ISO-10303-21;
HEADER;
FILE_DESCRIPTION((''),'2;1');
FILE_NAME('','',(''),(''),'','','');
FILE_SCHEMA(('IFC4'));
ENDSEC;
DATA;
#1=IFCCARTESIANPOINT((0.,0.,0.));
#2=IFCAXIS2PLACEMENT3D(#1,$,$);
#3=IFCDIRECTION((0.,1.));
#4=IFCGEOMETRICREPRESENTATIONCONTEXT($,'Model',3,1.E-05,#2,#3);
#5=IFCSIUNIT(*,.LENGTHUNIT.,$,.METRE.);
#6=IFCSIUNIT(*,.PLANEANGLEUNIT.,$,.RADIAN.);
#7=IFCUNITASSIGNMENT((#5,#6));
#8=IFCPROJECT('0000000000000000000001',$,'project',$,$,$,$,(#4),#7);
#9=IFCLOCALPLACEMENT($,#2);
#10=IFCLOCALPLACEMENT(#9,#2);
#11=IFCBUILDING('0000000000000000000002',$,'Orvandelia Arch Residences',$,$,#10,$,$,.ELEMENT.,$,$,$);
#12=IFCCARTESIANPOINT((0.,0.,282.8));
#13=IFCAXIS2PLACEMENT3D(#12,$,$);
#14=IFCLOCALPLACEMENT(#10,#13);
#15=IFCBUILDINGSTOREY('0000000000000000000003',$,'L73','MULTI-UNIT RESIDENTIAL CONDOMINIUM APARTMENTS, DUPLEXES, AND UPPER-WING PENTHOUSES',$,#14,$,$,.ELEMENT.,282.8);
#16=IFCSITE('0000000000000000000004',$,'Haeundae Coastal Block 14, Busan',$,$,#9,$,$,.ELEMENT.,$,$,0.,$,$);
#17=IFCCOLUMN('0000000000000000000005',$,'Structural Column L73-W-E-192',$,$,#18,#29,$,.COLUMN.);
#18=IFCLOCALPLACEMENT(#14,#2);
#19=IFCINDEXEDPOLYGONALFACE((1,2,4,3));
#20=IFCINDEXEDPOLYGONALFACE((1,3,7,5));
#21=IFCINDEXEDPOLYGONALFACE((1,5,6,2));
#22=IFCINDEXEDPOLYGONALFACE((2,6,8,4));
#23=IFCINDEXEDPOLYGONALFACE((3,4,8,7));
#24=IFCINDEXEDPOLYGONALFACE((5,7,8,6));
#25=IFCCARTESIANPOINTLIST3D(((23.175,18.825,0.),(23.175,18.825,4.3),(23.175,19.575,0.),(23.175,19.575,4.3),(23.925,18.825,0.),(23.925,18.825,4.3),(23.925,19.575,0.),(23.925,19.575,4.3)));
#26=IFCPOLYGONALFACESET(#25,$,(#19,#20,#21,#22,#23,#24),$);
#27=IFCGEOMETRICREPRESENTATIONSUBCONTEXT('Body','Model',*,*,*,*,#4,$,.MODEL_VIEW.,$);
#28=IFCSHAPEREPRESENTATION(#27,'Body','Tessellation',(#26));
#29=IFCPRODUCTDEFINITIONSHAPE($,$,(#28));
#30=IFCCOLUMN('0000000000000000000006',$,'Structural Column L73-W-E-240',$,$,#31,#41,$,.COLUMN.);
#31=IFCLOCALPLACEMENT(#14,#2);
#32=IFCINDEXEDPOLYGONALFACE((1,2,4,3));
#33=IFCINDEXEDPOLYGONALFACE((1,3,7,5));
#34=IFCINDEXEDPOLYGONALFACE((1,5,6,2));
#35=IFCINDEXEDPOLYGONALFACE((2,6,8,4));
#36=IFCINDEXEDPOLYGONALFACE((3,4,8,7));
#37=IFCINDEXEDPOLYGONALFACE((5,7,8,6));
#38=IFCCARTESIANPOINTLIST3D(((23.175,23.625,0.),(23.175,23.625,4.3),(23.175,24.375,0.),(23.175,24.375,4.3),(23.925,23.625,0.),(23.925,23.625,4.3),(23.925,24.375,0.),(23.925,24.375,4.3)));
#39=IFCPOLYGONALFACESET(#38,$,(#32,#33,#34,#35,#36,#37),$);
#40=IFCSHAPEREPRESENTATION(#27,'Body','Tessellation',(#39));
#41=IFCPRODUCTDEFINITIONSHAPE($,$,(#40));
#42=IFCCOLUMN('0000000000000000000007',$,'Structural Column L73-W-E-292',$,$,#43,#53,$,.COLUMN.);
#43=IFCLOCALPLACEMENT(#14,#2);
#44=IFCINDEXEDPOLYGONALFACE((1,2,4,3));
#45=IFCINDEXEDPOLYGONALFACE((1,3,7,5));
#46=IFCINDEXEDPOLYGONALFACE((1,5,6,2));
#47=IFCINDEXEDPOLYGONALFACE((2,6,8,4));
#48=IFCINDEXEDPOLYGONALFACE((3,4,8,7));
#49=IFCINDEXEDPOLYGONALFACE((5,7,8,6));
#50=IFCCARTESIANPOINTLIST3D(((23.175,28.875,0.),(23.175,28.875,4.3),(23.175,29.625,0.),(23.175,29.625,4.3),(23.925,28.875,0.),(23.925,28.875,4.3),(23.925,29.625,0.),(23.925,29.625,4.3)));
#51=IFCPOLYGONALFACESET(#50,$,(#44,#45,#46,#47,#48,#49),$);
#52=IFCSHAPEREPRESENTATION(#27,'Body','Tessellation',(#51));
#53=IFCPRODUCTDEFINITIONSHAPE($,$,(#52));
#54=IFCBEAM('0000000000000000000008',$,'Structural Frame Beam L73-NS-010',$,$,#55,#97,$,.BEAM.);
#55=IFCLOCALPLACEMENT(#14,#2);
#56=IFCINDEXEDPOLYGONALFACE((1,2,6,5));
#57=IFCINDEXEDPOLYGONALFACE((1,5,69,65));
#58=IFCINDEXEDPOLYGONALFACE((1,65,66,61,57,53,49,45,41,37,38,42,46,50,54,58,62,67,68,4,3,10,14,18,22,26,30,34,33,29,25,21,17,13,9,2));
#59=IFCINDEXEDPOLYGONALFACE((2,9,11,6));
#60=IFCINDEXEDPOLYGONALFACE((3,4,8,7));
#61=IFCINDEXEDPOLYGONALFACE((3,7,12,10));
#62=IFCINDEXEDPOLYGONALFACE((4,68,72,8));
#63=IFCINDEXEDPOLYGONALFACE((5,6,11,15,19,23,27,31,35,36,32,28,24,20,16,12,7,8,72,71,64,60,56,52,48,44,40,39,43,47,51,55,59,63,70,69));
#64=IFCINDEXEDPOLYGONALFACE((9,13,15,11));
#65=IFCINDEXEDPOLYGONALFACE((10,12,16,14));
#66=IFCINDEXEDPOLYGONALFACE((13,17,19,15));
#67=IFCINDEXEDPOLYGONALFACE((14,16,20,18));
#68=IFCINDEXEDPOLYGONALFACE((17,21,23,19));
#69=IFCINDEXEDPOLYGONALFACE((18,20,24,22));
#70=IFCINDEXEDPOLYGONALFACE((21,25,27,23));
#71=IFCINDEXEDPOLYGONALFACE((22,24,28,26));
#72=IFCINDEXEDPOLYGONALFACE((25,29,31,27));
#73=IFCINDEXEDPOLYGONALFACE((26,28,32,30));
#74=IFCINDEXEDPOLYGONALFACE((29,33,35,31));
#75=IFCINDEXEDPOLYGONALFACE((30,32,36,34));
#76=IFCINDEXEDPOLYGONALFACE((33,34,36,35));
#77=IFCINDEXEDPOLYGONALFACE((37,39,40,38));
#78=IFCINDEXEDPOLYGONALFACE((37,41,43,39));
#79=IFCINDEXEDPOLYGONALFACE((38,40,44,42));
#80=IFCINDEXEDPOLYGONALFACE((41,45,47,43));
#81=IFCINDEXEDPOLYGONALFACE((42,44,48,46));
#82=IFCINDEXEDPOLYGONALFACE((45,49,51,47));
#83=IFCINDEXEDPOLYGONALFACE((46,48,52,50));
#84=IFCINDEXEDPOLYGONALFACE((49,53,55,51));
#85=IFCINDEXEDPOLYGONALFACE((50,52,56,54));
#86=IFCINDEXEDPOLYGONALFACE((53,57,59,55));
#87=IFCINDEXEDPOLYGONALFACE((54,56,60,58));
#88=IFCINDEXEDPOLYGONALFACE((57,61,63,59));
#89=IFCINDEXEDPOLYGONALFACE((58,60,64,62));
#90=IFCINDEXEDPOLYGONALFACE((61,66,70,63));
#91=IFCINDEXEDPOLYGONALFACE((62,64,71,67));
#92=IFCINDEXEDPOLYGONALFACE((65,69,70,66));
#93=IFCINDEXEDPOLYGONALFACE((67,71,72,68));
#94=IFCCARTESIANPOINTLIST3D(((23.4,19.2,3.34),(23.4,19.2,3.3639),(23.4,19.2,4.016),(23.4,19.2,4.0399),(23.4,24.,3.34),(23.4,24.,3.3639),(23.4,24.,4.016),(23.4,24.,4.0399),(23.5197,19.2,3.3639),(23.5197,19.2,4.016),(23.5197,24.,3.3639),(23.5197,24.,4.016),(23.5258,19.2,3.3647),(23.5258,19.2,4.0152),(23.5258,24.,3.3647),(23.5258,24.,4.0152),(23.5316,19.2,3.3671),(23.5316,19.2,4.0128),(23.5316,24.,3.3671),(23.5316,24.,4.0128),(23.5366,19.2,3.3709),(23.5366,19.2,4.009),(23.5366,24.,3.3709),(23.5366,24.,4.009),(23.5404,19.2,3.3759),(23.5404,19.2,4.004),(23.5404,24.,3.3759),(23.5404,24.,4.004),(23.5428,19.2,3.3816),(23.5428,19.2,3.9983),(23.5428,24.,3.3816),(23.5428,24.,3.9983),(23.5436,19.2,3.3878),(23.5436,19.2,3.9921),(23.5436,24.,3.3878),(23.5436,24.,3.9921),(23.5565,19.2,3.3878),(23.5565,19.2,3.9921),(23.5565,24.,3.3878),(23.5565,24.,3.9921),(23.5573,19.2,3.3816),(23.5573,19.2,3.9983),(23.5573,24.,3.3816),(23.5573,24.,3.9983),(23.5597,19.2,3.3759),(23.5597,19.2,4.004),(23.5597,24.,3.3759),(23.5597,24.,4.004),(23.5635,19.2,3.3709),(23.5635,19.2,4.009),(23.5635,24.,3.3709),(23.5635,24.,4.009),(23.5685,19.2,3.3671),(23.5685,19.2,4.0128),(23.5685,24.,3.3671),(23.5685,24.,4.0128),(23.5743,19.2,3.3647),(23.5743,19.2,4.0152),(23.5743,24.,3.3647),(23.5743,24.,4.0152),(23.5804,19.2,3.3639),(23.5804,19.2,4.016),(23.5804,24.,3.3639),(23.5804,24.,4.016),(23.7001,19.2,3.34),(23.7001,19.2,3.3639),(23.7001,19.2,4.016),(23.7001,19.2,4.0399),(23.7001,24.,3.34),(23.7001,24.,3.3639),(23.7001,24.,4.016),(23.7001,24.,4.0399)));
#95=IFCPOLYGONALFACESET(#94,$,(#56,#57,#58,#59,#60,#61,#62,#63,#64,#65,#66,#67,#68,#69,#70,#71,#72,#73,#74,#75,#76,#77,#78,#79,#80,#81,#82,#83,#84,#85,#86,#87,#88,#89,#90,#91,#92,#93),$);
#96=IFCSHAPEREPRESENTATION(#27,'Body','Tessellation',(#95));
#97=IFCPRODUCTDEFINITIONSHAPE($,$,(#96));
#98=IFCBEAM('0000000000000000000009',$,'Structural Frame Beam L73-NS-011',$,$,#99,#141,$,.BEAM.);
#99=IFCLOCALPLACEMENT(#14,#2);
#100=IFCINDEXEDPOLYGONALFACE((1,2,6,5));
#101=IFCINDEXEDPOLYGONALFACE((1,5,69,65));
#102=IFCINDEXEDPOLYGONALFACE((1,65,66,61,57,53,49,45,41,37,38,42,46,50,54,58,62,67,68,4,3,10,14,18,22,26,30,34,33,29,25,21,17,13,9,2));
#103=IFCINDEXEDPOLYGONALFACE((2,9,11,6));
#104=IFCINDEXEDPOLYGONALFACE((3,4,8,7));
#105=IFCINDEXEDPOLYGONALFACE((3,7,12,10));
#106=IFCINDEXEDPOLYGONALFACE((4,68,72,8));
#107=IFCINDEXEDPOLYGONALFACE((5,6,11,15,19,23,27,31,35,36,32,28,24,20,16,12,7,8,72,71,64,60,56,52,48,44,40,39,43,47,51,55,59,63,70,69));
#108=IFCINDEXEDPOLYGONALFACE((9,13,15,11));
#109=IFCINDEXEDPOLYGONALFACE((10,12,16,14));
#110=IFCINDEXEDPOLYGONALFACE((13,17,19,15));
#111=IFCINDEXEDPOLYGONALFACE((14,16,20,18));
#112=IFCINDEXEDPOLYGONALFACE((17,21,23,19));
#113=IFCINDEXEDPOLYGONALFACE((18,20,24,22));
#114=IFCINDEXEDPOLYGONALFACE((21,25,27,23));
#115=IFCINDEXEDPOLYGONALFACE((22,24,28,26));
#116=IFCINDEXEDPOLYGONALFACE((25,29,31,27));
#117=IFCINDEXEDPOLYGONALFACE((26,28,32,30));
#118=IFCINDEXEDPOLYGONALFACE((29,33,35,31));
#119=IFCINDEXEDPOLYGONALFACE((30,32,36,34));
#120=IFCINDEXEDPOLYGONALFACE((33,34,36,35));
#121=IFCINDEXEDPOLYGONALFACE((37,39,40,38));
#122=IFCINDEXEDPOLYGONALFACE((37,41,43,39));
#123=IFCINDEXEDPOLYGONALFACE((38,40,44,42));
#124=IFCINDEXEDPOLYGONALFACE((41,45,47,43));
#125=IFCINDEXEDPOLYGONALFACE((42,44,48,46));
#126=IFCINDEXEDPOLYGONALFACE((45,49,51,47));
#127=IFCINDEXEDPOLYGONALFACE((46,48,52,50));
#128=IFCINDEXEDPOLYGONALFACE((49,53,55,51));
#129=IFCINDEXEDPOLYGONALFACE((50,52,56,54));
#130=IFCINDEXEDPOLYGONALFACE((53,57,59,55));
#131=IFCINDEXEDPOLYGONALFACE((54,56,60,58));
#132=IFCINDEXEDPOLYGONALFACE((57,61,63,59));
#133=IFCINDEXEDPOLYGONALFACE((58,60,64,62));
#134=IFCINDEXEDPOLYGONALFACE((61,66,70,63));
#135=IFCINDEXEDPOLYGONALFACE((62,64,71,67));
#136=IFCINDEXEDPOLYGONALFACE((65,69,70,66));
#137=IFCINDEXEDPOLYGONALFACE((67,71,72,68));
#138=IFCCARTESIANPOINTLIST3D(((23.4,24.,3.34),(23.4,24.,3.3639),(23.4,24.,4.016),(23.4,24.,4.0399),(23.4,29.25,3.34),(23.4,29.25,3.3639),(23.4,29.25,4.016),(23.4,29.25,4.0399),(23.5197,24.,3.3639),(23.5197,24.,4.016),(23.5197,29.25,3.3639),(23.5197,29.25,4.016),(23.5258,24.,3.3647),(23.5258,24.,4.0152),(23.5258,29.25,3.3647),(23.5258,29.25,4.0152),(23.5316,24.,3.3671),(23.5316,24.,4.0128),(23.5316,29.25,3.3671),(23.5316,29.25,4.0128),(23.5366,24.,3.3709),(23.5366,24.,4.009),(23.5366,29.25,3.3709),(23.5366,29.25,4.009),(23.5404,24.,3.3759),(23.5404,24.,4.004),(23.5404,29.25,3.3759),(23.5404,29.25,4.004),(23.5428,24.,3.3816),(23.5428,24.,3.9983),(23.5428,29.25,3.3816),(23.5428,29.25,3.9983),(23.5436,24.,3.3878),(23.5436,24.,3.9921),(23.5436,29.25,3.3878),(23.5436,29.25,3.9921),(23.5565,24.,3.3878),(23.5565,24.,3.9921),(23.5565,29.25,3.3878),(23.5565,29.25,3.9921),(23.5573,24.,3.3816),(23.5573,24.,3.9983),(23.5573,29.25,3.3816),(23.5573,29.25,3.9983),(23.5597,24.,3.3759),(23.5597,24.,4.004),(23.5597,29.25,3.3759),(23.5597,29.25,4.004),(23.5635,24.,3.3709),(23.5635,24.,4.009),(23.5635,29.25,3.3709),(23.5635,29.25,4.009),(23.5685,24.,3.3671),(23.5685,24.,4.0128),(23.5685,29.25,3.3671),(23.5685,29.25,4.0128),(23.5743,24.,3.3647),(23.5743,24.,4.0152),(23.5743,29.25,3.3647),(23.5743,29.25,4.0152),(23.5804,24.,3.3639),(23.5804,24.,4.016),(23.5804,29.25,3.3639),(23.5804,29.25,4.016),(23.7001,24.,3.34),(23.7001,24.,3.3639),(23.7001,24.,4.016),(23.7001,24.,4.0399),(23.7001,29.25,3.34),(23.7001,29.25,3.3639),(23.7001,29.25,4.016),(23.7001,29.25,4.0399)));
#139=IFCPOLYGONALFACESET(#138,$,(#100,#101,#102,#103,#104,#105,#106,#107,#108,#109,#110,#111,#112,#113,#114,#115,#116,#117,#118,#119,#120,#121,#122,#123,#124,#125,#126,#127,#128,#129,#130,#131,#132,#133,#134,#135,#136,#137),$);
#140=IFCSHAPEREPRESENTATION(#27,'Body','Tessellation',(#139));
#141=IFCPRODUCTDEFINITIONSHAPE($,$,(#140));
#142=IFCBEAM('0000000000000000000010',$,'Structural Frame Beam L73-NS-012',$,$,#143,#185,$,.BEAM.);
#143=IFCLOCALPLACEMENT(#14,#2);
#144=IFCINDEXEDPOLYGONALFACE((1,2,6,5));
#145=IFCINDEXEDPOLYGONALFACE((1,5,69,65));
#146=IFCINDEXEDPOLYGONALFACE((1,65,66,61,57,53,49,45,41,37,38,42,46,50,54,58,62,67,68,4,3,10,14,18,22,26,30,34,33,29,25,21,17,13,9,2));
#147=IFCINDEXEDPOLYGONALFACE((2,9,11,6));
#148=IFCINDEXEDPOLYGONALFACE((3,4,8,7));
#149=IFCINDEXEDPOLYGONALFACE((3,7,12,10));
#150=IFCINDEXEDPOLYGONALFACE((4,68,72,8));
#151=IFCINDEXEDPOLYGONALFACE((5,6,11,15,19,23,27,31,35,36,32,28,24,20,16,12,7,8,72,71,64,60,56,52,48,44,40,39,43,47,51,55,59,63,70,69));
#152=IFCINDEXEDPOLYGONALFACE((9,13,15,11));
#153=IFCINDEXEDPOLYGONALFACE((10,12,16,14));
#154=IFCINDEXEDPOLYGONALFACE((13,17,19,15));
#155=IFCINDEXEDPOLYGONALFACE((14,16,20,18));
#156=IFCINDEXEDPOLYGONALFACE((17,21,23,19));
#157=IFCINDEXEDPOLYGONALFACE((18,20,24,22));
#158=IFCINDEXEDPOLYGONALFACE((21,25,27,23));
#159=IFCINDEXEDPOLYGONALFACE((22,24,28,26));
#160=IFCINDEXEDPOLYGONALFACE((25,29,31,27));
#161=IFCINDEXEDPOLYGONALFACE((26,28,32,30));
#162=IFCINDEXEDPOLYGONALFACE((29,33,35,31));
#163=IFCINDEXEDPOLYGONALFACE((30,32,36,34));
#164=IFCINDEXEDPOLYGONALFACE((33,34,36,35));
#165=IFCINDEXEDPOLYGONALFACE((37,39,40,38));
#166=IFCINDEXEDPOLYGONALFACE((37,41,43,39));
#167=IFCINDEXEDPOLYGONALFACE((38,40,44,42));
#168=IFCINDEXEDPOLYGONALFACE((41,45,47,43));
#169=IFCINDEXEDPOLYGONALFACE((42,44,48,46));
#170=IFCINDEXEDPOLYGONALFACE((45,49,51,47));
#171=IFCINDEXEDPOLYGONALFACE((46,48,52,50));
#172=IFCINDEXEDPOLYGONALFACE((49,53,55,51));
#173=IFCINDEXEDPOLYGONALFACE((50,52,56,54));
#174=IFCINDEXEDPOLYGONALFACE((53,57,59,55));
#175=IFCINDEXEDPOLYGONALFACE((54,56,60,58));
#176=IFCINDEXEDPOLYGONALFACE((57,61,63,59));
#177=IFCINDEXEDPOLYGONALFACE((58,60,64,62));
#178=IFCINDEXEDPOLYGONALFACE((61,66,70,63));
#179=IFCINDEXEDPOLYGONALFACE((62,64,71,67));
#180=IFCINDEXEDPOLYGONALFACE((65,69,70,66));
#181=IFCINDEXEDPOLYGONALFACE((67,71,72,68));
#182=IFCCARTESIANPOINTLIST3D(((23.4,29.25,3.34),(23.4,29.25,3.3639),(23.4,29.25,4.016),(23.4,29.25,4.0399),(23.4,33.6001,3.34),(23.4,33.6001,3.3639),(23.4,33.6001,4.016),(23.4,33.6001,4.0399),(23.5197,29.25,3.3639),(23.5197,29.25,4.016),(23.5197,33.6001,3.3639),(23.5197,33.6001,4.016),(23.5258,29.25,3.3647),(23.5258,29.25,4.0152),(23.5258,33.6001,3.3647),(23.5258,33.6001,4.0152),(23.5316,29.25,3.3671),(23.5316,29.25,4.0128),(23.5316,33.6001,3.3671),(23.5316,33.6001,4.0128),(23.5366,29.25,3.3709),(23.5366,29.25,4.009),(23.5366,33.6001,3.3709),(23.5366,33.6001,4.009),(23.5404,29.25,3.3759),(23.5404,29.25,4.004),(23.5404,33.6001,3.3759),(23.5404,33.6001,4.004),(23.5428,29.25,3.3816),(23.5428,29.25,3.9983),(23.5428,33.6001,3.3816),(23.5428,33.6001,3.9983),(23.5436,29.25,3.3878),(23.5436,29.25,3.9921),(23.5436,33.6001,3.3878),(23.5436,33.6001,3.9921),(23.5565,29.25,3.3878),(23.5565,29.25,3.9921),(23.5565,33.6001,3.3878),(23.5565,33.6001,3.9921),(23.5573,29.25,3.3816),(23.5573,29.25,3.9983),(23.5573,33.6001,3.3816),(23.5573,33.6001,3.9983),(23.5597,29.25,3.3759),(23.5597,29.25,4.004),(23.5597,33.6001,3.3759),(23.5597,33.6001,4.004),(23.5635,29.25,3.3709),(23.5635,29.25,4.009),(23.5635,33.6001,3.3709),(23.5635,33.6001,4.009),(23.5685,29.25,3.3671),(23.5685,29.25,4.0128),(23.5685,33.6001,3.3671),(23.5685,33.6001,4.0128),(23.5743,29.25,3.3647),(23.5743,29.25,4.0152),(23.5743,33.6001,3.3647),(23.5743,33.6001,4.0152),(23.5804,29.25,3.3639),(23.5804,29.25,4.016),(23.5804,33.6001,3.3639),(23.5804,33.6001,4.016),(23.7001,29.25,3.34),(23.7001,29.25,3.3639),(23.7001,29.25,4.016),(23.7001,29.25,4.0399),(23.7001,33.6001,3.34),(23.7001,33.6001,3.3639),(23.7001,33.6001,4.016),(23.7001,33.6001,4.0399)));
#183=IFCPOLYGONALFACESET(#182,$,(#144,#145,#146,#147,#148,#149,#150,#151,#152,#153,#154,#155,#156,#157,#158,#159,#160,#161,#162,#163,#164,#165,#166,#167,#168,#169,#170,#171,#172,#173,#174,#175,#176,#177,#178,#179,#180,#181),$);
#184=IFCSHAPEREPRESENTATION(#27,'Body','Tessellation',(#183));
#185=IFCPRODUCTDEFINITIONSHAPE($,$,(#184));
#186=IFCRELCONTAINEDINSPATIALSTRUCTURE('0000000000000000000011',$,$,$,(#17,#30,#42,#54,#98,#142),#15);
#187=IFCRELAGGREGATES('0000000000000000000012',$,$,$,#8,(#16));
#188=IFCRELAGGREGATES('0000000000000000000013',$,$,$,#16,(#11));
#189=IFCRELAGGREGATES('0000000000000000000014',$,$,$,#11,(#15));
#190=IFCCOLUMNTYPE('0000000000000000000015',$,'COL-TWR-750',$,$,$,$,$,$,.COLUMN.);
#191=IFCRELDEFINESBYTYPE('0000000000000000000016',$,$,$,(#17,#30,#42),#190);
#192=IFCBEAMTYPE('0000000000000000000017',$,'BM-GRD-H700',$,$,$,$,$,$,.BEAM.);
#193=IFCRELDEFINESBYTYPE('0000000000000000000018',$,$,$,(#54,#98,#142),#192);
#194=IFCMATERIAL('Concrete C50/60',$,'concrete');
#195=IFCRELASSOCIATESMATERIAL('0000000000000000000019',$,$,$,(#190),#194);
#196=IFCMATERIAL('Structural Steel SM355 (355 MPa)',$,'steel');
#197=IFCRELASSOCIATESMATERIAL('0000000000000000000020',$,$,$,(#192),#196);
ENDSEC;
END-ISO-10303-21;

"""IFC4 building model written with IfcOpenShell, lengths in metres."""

from ifc_helpers import new_model, si_unit, direction, frame, origin, origin_2d, place, context, subcontext, project, spatial, rectangle, i_section, extrude, material, material_profile, profile_set, type_object, element, save


model = new_model("IFC4")

# Units and contexts
model_context = context("Model", 3, precision=1e-05, world=origin(), true_north=direction((0.0, 1.0)))
body_context = subcontext(model_context, "Body", "Model", "MODEL_VIEW")
ifc_project = project(units=[si_unit("LENGTHUNIT", "METRE"), si_unit("PLANEANGLEUNIT", "RADIAN")], contexts=[model_context])

# Site, building, storey
site_placement = place(None, origin())
site = spatial("IfcSite", under=ifc_project, at=site_placement, Name="Haeundae Coastal Block 14, Busan", CompositionType="ELEMENT", RefElevation=0.0)
building_placement = place(site_placement, origin())
building = spatial("IfcBuilding", under=site, at=building_placement, Name="Orvandelia Arch Residences", CompositionType="ELEMENT")
storey_placement = place(building_placement, frame((0.0, 0.0, 282.8)))
storey = spatial("IfcBuildingStorey", under=building, at=storey_placement, Name="L73", Description="MULTI-UNIT RESIDENTIAL CONDOMINIUM APARTMENTS, DUPLEXES, AND UPPER-WING PENTHOUSES", CompositionType="ELEMENT", Elevation=282.8)

# Columns
ifc_material_1 = material(Name="Concrete C50/60", Category="concrete")
ifc_material_profile_1 = material_profile(ifc_material_1, rectangle(XDim=0.75, YDim=0.75, at=origin_2d()), Name="Concrete C50/60", Category="concrete")
ifc_profile_set_1 = profile_set([ifc_material_profile_1], Name="Concrete C50/60")
column_type = type_object("IfcColumnType", Name="COL-TWR-750", PredefinedType="COLUMN", material=ifc_profile_set_1)
for number, where, z_axis, x_axis, name in (
    (1, (23.55, 19.2, 0.0), (0.0, 0.0, 1.0), (1.0, 0.0, 0.0), "Structural Column L73-W-E-192"),
    (2, (23.55, 24.0, 0.0), (0.0, 0.0, 1.0), (1.0, 0.0, 0.0), "Structural Column L73-W-E-240"),
    (3, (23.55, 29.25, 0.0), (0.0, 0.0, 1.0), (1.0, 0.0, 0.0), "Structural Column L73-W-E-292"),
):
    element("IfcColumn", number, at=place(storey_placement, frame(where, z_axis=z_axis, x_axis=x_axis)), inside=storey, type_object=column_type, Name=name, PredefinedType="COLUMN", context=body_context, shape_type="SweptSolid", body=[
        extrude(rectangle(XDim=0.75, YDim=0.75, at=origin_2d()), origin(), (0.0, 0.0, 1.0), 4.3),
    ])

# Beams
ifc_material_2 = material(Name="Structural Steel SM355 (355 MPa)", Category="steel")
ifc_material_profile_2 = material_profile(ifc_material_2, i_section(OverallWidth=0.3, OverallDepth=0.7, WebThickness=0.0129, FlangeThickness=0.0239, FilletRadius=0.0239, at=origin_2d()), Name="Structural Steel SM355 (355 MPa)", Category="steel")
ifc_profile_set_2 = profile_set([ifc_material_profile_2], Name="Structural Steel SM355 (355 MPa)")
beam_type = type_object("IfcBeamType", Name="BM-GRD-H700", PredefinedType="BEAM", material=ifc_profile_set_2)
beam_1_placement = place(storey_placement, frame((23.55, 19.2, 3.6899), z_axis=(0.0, 1.0, 0.0), x_axis=(-1.0, 0.0, 0.0)))
element("IfcBeam", 4, at=beam_1_placement, inside=storey, type_object=beam_type, Name="Structural Frame Beam L73-NS-010", PredefinedType="BEAM", context=body_context, shape_type="SweptSolid", body=[
    extrude(i_section(OverallWidth=0.3, OverallDepth=0.7, WebThickness=0.0129, FlangeThickness=0.0239, FilletRadius=0.0239, at=origin_2d()), origin(), (0.0, 0.0, 1.0), 4.8),
])
beam_2_placement = place(storey_placement, frame((23.55, 24.0, 3.6899), z_axis=(0.0, 1.0, 0.0), x_axis=(-1.0, 0.0, 0.0)))
element("IfcBeam", 5, at=beam_2_placement, inside=storey, type_object=beam_type, Name="Structural Frame Beam L73-NS-011", PredefinedType="BEAM", context=body_context, shape_type="SweptSolid", body=[
    extrude(i_section(OverallWidth=0.3, OverallDepth=0.7, WebThickness=0.0129, FlangeThickness=0.0239, FilletRadius=0.0239, at=origin_2d()), origin(), (0.0, 0.0, 1.0), 5.25),
])
beam_3_placement = place(storey_placement, frame((23.55, 29.25, 3.6899), z_axis=(0.0, 1.0, 0.0), x_axis=(-1.0, 0.0, 0.0)))
element("IfcBeam", 6, at=beam_3_placement, inside=storey, type_object=beam_type, Name="Structural Frame Beam L73-NS-012", PredefinedType="BEAM", context=body_context, shape_type="SweptSolid", body=[
    extrude(i_section(OverallWidth=0.3, OverallDepth=0.7, WebThickness=0.0129, FlangeThickness=0.0239, FilletRadius=0.0239, at=origin_2d()), origin(), (0.0, 0.0, 1.0), 4.3501),
])

save(model, "model.ifc")
